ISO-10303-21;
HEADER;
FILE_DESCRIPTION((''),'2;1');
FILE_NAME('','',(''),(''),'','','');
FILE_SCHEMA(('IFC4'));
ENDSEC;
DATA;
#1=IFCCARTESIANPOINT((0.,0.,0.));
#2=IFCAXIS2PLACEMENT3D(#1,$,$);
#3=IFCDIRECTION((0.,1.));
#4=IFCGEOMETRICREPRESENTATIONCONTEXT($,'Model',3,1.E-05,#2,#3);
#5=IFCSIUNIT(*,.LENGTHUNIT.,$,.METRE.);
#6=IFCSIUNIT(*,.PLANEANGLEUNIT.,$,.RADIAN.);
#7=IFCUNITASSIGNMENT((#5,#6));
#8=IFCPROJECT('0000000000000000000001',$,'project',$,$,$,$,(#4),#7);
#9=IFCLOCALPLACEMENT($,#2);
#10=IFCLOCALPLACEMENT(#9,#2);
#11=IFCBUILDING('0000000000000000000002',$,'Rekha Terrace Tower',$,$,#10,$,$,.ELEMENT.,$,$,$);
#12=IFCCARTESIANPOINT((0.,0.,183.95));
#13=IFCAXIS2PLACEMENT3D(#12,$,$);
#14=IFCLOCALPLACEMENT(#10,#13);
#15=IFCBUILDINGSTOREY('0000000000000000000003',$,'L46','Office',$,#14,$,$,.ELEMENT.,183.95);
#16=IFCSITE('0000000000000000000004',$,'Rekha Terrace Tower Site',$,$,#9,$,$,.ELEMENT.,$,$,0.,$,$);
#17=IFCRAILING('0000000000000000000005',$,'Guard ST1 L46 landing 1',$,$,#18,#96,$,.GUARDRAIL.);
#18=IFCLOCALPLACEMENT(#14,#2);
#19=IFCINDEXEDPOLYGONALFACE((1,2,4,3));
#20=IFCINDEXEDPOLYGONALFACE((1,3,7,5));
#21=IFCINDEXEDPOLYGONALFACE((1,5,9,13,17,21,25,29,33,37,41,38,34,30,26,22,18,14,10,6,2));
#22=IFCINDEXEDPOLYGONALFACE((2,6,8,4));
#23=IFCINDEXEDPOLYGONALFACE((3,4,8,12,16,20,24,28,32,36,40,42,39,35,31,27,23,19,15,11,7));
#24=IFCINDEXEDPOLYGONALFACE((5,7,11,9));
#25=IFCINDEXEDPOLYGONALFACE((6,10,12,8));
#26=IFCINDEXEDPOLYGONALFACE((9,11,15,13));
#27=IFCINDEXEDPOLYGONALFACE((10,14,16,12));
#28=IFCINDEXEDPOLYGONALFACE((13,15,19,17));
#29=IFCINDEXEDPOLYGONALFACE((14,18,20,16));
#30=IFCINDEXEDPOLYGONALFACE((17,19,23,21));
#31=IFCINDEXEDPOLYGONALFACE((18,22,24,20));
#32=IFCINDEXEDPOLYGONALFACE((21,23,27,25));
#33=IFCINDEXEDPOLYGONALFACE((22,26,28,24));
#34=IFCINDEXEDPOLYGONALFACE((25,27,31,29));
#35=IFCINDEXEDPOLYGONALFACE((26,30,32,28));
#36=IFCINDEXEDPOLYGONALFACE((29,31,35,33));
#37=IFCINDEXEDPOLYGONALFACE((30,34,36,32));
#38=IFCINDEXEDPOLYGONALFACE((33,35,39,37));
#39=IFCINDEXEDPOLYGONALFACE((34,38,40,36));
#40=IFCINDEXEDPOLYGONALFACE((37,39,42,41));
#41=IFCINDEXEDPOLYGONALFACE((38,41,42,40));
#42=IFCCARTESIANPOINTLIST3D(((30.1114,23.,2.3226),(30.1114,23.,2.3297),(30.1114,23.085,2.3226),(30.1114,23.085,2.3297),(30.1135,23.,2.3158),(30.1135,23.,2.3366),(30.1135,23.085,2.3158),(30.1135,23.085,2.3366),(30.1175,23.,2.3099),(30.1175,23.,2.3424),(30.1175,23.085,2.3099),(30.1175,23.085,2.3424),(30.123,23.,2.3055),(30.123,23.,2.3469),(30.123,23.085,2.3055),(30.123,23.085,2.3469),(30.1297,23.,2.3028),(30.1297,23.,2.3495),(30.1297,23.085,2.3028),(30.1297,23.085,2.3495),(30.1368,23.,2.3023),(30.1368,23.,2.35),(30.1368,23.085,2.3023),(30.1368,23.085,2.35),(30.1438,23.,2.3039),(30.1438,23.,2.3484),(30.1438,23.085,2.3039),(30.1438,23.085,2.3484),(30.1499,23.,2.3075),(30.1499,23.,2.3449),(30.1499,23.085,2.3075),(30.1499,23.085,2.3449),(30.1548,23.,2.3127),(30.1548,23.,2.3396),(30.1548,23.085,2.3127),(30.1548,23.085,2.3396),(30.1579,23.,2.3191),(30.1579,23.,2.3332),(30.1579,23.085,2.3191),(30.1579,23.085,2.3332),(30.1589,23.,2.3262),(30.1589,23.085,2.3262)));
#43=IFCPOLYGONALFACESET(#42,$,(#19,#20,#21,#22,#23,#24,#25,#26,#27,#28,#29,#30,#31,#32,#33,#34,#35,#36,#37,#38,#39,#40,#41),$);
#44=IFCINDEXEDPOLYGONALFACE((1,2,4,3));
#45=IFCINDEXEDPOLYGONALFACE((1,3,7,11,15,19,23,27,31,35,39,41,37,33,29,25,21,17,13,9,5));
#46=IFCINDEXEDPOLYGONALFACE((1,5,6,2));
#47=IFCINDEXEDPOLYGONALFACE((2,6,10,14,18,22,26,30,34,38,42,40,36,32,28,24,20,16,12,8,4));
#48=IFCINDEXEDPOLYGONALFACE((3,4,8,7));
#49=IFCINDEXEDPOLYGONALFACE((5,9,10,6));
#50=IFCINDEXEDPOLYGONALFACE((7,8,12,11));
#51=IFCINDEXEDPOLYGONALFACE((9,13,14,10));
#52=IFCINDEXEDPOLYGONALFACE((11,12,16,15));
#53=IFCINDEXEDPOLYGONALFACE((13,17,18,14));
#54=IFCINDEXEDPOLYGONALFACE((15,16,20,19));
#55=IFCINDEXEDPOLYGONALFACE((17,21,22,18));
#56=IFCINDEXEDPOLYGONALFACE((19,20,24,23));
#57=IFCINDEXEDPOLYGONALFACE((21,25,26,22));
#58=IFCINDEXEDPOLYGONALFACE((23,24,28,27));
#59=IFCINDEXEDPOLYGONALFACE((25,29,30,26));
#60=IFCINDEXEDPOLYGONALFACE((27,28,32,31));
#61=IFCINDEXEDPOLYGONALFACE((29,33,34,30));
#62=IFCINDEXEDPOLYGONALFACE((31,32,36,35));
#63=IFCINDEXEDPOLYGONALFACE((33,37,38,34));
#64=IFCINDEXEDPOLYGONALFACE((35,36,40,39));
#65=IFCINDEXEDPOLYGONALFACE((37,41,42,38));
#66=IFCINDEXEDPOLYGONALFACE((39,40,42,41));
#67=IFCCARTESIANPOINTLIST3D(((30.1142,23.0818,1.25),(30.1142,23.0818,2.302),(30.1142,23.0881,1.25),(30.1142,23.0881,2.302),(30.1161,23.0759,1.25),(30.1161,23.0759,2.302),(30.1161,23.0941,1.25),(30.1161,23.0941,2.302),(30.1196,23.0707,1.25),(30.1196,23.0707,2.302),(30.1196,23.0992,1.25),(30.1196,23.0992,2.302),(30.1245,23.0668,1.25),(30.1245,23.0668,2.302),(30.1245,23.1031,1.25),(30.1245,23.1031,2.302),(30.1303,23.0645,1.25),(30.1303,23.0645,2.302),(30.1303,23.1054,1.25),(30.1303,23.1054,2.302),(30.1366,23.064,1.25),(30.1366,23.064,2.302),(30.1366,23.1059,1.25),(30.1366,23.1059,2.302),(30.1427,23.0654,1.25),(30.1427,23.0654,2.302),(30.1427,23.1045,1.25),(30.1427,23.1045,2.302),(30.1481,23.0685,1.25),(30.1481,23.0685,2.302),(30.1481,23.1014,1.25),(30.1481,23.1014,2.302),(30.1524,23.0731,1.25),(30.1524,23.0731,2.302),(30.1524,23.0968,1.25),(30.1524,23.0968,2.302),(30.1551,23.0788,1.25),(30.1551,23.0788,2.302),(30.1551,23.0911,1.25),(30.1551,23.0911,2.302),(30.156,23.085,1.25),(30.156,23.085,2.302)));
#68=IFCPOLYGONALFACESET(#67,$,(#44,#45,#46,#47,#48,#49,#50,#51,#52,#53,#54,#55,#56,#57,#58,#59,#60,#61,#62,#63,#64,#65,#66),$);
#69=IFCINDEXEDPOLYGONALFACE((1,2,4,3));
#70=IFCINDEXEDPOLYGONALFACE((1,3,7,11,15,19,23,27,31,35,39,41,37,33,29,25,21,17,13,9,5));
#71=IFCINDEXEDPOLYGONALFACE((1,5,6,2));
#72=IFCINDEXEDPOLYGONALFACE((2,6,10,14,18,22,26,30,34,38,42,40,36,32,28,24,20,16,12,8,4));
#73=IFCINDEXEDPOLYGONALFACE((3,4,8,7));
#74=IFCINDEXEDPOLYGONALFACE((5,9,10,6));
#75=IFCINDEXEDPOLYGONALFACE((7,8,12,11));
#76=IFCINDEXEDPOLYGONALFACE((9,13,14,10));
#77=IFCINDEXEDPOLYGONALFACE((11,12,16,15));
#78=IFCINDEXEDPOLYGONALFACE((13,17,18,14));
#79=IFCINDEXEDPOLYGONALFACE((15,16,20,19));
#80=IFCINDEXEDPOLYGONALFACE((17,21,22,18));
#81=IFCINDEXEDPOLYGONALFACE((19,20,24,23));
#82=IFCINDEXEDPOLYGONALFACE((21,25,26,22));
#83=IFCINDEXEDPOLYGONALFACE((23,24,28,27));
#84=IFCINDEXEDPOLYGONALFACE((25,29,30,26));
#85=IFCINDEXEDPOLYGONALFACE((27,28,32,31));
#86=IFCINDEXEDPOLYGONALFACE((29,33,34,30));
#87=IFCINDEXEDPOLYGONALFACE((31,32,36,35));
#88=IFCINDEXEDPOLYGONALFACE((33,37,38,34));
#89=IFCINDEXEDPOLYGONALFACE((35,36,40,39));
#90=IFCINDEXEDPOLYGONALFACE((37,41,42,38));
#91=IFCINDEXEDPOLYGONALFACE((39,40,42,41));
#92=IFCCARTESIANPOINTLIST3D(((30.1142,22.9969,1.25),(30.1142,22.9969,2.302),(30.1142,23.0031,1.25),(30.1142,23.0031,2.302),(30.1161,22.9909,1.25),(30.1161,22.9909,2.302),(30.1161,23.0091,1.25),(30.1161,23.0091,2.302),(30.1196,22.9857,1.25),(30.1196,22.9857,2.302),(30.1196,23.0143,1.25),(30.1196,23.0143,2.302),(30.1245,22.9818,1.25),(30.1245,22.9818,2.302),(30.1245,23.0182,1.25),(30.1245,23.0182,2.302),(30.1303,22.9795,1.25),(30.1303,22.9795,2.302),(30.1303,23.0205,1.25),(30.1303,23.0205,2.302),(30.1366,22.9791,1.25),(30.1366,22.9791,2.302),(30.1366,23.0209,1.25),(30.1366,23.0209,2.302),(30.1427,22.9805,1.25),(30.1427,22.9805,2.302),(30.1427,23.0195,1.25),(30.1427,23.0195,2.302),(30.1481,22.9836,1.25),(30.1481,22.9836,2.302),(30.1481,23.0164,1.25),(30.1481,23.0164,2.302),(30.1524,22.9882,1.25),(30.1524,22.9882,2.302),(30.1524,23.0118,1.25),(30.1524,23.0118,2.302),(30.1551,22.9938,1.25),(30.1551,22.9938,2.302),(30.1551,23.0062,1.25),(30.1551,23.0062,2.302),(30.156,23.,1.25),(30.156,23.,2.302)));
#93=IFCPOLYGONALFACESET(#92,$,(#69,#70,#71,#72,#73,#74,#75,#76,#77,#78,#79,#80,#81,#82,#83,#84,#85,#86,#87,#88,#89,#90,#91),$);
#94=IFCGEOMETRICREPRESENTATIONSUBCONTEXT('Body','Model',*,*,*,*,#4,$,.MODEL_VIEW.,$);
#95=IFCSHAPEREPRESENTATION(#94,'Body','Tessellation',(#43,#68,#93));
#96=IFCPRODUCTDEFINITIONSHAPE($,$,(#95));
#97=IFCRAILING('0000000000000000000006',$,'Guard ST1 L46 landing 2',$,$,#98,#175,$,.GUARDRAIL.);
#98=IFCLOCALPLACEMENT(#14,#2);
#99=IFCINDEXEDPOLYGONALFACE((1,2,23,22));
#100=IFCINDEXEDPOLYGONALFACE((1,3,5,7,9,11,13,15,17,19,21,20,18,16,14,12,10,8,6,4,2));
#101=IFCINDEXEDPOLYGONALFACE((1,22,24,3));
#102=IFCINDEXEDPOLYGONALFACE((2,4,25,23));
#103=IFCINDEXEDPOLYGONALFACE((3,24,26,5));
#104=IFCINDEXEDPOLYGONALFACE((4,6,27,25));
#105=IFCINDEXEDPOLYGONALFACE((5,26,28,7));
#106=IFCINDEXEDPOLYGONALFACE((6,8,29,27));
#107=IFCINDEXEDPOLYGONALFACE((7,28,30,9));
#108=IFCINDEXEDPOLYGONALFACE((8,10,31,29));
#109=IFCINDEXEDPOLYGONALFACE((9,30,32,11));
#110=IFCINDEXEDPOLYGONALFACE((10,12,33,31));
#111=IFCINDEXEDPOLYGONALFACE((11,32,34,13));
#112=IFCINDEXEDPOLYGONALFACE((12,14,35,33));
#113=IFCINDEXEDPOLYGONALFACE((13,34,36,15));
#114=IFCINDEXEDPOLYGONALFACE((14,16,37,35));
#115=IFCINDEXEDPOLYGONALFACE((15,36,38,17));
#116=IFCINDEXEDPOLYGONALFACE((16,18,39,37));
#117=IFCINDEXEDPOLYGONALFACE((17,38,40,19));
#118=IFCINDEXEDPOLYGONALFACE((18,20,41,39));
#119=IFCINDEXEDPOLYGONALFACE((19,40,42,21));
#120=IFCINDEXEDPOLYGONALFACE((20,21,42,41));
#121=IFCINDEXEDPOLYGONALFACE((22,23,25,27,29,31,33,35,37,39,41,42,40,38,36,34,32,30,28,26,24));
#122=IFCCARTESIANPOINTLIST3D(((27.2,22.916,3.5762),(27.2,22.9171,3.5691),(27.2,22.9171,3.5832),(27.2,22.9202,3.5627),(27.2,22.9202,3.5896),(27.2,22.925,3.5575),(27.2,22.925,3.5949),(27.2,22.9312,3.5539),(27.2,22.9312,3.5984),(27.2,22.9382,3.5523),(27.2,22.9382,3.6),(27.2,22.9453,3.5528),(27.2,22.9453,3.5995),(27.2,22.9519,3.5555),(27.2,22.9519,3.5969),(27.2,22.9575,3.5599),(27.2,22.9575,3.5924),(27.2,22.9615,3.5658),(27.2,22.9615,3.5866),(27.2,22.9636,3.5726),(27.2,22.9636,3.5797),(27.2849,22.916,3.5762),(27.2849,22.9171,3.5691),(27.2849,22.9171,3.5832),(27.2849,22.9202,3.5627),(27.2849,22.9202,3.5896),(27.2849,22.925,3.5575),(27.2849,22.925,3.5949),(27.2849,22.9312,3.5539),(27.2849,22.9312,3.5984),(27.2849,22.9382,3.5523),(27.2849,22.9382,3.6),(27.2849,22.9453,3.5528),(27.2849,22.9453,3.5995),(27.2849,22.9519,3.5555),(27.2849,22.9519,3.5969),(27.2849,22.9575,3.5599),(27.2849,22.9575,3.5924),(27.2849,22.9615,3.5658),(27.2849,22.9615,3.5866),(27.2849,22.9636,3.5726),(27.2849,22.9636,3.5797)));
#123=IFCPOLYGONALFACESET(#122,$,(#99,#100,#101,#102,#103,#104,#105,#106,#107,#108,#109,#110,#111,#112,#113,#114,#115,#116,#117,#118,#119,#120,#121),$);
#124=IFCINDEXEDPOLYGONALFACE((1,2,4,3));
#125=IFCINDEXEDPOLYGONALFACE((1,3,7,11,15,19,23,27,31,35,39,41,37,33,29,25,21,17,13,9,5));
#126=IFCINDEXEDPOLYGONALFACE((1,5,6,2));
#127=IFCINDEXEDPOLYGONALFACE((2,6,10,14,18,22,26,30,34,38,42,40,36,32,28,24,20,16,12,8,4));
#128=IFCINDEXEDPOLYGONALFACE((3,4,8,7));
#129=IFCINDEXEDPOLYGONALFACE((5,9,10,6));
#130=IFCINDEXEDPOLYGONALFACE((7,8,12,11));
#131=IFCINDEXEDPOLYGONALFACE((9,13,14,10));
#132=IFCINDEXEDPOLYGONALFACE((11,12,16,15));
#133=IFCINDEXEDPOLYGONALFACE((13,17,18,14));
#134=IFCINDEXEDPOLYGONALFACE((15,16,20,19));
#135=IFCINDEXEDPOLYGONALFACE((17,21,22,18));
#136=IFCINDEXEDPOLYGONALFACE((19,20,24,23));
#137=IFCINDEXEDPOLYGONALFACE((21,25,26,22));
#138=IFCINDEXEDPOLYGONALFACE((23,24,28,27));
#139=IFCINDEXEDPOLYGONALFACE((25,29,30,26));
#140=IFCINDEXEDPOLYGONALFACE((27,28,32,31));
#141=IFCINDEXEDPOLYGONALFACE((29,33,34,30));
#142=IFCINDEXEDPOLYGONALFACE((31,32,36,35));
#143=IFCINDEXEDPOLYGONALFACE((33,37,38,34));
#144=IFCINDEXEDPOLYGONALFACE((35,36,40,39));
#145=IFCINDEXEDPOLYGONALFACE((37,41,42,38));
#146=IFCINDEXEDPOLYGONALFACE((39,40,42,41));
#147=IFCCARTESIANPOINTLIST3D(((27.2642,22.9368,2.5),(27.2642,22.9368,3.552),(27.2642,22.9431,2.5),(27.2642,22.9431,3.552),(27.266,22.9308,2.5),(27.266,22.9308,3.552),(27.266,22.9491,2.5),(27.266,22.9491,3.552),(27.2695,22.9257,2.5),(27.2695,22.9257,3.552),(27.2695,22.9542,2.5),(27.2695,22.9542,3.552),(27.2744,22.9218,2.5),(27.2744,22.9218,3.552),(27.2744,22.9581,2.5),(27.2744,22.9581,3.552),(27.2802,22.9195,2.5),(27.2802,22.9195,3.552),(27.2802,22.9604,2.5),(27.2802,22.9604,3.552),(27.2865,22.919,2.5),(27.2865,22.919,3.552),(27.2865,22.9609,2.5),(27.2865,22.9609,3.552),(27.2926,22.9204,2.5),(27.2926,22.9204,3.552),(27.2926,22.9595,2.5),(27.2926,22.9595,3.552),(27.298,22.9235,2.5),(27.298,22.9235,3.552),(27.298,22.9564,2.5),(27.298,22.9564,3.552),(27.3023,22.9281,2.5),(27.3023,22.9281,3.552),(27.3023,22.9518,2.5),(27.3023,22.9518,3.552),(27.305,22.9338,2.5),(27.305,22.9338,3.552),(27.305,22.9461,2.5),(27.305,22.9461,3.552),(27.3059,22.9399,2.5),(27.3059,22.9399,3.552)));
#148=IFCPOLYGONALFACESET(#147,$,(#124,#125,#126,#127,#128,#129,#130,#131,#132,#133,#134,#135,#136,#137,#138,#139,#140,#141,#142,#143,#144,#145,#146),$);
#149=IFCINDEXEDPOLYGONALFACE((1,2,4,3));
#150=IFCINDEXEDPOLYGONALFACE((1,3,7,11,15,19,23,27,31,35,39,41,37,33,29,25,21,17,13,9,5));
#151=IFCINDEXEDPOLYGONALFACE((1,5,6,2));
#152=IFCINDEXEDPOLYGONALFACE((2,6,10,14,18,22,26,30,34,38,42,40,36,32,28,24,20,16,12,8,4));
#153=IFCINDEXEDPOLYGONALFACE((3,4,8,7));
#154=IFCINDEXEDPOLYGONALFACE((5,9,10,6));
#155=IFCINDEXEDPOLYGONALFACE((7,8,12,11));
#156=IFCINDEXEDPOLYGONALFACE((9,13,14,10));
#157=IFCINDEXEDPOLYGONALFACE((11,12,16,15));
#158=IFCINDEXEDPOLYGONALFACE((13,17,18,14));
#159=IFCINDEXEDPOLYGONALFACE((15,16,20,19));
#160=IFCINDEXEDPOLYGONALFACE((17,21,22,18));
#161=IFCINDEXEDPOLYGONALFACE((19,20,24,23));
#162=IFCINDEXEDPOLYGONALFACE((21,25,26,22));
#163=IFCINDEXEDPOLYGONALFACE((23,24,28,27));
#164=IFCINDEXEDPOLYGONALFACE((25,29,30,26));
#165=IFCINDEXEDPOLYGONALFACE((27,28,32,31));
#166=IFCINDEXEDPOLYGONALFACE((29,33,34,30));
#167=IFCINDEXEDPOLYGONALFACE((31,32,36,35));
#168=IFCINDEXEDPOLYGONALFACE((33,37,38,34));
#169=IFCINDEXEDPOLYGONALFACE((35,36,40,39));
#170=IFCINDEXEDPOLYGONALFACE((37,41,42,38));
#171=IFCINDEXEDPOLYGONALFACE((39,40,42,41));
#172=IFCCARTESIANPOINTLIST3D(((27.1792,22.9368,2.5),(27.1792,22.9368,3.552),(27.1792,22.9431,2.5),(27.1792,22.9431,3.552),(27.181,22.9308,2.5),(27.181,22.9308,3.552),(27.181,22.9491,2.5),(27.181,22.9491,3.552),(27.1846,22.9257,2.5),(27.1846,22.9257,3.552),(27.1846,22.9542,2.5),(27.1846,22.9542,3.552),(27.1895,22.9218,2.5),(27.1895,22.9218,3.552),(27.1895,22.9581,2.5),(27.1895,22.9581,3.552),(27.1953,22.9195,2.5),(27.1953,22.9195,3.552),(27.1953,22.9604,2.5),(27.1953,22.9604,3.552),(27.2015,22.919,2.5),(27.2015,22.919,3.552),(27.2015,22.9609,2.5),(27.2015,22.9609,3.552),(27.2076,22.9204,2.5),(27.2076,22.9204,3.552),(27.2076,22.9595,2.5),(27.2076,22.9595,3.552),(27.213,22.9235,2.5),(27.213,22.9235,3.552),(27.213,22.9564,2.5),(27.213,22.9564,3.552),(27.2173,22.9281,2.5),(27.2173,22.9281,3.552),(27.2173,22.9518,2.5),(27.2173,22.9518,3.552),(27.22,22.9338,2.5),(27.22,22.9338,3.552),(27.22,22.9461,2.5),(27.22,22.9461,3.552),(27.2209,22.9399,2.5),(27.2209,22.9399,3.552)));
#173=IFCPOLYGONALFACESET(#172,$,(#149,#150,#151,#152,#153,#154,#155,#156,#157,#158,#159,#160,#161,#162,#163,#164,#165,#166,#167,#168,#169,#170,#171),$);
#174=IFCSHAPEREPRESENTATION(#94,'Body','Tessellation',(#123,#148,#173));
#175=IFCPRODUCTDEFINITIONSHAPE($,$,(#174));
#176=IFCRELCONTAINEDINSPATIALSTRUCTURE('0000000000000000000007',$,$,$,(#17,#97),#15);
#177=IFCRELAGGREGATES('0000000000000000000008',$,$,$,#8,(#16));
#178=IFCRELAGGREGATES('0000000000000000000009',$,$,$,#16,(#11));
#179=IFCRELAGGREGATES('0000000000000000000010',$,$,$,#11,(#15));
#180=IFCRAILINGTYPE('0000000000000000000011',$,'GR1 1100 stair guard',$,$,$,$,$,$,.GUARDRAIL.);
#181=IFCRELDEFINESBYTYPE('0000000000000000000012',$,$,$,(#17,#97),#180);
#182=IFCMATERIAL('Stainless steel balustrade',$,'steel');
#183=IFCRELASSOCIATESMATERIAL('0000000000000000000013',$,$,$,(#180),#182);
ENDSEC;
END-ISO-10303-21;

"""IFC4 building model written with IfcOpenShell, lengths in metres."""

from ifc_helpers import new_model, si_unit, direction, frame, origin, origin_2d, place, context, subcontext, project, spatial, circle, extrude, material, type_object, element, save


model = new_model("IFC4")

# Units and contexts
model_context = context("Model", 3, precision=1e-05, world=origin(), true_north=direction((0.0, 1.0)))
body_context = subcontext(model_context, "Body", "Model", "MODEL_VIEW")
ifc_project = project(units=[si_unit("LENGTHUNIT", "METRE"), si_unit("PLANEANGLEUNIT", "RADIAN")], contexts=[model_context])

# Site, building, storey
site_placement = place(None, origin())
site = spatial("IfcSite", under=ifc_project, at=site_placement, Name="Rekha Terrace Tower Site", CompositionType="ELEMENT", RefElevation=0.0)
building_placement = place(site_placement, origin())
building = spatial("IfcBuilding", under=site, at=building_placement, Name="Rekha Terrace Tower", CompositionType="ELEMENT")
storey_placement = place(building_placement, frame((0.0, 0.0, 183.95)))
storey = spatial("IfcBuildingStorey", under=building, at=storey_placement, Name="L46", Description="Office", CompositionType="ELEMENT", Elevation=183.95)

# Railings
ifc_material_1 = material(Name="Stainless steel balustrade", Category="steel")
railing_type_1 = type_object("IfcRailingType", Name="GR1 1100 stair guard", PredefinedType="GUARDRAIL", material=ifc_material_1)
railing_1_placement = place(storey_placement, frame((30.135, 23.085, 1.25)))
element("IfcRailing", 1, at=railing_1_placement, inside=storey, type_object=railing_type_1, Name="Guard ST1 L46 landing 1", PredefinedType="GUARDRAIL", context=body_context, shape_type="SweptSolid", body=[
    extrude(circle(Radius=0.0239, at=origin_2d()), frame((0.0, 0.0, 1.0762), z_axis=(0.0, -1.0, 0.0), x_axis=(1.0, 0.0, 0.0)), (0.0, 0.0, 1.0), 0.085),
    extrude(circle(Radius=0.021, at=origin_2d()), origin(), (0.0, 0.0, 1.0), 1.052),
    extrude(circle(Radius=0.021, at=origin_2d()), frame((0.0, -0.085, 0.0)), (0.0, 0.0, 1.0), 1.052),
])
railing_2_placement = place(storey_placement, frame((27.2849, 22.9399, 2.5)))
element("IfcRailing", 2, at=railing_2_placement, inside=storey, type_object=railing_type_1, Name="Guard ST1 L46 landing 2", PredefinedType="GUARDRAIL", context=body_context, shape_type="SweptSolid", body=[
    extrude(circle(Radius=0.0239, at=origin_2d()), frame((0.0, 0.0, 1.0762), z_axis=(-1.0, 0.0, 0.0), x_axis=(0.0, -1.0, 0.0)), (0.0, 0.0, 1.0), 0.085),
    extrude(circle(Radius=0.021, at=origin_2d()), origin(), (0.0, 0.0, 1.0), 1.052),
    extrude(circle(Radius=0.021, at=origin_2d()), frame((-0.085, 0.0, 0.0)), (0.0, 0.0, 1.0), 1.052),
])

save(model, "model.ifc")
